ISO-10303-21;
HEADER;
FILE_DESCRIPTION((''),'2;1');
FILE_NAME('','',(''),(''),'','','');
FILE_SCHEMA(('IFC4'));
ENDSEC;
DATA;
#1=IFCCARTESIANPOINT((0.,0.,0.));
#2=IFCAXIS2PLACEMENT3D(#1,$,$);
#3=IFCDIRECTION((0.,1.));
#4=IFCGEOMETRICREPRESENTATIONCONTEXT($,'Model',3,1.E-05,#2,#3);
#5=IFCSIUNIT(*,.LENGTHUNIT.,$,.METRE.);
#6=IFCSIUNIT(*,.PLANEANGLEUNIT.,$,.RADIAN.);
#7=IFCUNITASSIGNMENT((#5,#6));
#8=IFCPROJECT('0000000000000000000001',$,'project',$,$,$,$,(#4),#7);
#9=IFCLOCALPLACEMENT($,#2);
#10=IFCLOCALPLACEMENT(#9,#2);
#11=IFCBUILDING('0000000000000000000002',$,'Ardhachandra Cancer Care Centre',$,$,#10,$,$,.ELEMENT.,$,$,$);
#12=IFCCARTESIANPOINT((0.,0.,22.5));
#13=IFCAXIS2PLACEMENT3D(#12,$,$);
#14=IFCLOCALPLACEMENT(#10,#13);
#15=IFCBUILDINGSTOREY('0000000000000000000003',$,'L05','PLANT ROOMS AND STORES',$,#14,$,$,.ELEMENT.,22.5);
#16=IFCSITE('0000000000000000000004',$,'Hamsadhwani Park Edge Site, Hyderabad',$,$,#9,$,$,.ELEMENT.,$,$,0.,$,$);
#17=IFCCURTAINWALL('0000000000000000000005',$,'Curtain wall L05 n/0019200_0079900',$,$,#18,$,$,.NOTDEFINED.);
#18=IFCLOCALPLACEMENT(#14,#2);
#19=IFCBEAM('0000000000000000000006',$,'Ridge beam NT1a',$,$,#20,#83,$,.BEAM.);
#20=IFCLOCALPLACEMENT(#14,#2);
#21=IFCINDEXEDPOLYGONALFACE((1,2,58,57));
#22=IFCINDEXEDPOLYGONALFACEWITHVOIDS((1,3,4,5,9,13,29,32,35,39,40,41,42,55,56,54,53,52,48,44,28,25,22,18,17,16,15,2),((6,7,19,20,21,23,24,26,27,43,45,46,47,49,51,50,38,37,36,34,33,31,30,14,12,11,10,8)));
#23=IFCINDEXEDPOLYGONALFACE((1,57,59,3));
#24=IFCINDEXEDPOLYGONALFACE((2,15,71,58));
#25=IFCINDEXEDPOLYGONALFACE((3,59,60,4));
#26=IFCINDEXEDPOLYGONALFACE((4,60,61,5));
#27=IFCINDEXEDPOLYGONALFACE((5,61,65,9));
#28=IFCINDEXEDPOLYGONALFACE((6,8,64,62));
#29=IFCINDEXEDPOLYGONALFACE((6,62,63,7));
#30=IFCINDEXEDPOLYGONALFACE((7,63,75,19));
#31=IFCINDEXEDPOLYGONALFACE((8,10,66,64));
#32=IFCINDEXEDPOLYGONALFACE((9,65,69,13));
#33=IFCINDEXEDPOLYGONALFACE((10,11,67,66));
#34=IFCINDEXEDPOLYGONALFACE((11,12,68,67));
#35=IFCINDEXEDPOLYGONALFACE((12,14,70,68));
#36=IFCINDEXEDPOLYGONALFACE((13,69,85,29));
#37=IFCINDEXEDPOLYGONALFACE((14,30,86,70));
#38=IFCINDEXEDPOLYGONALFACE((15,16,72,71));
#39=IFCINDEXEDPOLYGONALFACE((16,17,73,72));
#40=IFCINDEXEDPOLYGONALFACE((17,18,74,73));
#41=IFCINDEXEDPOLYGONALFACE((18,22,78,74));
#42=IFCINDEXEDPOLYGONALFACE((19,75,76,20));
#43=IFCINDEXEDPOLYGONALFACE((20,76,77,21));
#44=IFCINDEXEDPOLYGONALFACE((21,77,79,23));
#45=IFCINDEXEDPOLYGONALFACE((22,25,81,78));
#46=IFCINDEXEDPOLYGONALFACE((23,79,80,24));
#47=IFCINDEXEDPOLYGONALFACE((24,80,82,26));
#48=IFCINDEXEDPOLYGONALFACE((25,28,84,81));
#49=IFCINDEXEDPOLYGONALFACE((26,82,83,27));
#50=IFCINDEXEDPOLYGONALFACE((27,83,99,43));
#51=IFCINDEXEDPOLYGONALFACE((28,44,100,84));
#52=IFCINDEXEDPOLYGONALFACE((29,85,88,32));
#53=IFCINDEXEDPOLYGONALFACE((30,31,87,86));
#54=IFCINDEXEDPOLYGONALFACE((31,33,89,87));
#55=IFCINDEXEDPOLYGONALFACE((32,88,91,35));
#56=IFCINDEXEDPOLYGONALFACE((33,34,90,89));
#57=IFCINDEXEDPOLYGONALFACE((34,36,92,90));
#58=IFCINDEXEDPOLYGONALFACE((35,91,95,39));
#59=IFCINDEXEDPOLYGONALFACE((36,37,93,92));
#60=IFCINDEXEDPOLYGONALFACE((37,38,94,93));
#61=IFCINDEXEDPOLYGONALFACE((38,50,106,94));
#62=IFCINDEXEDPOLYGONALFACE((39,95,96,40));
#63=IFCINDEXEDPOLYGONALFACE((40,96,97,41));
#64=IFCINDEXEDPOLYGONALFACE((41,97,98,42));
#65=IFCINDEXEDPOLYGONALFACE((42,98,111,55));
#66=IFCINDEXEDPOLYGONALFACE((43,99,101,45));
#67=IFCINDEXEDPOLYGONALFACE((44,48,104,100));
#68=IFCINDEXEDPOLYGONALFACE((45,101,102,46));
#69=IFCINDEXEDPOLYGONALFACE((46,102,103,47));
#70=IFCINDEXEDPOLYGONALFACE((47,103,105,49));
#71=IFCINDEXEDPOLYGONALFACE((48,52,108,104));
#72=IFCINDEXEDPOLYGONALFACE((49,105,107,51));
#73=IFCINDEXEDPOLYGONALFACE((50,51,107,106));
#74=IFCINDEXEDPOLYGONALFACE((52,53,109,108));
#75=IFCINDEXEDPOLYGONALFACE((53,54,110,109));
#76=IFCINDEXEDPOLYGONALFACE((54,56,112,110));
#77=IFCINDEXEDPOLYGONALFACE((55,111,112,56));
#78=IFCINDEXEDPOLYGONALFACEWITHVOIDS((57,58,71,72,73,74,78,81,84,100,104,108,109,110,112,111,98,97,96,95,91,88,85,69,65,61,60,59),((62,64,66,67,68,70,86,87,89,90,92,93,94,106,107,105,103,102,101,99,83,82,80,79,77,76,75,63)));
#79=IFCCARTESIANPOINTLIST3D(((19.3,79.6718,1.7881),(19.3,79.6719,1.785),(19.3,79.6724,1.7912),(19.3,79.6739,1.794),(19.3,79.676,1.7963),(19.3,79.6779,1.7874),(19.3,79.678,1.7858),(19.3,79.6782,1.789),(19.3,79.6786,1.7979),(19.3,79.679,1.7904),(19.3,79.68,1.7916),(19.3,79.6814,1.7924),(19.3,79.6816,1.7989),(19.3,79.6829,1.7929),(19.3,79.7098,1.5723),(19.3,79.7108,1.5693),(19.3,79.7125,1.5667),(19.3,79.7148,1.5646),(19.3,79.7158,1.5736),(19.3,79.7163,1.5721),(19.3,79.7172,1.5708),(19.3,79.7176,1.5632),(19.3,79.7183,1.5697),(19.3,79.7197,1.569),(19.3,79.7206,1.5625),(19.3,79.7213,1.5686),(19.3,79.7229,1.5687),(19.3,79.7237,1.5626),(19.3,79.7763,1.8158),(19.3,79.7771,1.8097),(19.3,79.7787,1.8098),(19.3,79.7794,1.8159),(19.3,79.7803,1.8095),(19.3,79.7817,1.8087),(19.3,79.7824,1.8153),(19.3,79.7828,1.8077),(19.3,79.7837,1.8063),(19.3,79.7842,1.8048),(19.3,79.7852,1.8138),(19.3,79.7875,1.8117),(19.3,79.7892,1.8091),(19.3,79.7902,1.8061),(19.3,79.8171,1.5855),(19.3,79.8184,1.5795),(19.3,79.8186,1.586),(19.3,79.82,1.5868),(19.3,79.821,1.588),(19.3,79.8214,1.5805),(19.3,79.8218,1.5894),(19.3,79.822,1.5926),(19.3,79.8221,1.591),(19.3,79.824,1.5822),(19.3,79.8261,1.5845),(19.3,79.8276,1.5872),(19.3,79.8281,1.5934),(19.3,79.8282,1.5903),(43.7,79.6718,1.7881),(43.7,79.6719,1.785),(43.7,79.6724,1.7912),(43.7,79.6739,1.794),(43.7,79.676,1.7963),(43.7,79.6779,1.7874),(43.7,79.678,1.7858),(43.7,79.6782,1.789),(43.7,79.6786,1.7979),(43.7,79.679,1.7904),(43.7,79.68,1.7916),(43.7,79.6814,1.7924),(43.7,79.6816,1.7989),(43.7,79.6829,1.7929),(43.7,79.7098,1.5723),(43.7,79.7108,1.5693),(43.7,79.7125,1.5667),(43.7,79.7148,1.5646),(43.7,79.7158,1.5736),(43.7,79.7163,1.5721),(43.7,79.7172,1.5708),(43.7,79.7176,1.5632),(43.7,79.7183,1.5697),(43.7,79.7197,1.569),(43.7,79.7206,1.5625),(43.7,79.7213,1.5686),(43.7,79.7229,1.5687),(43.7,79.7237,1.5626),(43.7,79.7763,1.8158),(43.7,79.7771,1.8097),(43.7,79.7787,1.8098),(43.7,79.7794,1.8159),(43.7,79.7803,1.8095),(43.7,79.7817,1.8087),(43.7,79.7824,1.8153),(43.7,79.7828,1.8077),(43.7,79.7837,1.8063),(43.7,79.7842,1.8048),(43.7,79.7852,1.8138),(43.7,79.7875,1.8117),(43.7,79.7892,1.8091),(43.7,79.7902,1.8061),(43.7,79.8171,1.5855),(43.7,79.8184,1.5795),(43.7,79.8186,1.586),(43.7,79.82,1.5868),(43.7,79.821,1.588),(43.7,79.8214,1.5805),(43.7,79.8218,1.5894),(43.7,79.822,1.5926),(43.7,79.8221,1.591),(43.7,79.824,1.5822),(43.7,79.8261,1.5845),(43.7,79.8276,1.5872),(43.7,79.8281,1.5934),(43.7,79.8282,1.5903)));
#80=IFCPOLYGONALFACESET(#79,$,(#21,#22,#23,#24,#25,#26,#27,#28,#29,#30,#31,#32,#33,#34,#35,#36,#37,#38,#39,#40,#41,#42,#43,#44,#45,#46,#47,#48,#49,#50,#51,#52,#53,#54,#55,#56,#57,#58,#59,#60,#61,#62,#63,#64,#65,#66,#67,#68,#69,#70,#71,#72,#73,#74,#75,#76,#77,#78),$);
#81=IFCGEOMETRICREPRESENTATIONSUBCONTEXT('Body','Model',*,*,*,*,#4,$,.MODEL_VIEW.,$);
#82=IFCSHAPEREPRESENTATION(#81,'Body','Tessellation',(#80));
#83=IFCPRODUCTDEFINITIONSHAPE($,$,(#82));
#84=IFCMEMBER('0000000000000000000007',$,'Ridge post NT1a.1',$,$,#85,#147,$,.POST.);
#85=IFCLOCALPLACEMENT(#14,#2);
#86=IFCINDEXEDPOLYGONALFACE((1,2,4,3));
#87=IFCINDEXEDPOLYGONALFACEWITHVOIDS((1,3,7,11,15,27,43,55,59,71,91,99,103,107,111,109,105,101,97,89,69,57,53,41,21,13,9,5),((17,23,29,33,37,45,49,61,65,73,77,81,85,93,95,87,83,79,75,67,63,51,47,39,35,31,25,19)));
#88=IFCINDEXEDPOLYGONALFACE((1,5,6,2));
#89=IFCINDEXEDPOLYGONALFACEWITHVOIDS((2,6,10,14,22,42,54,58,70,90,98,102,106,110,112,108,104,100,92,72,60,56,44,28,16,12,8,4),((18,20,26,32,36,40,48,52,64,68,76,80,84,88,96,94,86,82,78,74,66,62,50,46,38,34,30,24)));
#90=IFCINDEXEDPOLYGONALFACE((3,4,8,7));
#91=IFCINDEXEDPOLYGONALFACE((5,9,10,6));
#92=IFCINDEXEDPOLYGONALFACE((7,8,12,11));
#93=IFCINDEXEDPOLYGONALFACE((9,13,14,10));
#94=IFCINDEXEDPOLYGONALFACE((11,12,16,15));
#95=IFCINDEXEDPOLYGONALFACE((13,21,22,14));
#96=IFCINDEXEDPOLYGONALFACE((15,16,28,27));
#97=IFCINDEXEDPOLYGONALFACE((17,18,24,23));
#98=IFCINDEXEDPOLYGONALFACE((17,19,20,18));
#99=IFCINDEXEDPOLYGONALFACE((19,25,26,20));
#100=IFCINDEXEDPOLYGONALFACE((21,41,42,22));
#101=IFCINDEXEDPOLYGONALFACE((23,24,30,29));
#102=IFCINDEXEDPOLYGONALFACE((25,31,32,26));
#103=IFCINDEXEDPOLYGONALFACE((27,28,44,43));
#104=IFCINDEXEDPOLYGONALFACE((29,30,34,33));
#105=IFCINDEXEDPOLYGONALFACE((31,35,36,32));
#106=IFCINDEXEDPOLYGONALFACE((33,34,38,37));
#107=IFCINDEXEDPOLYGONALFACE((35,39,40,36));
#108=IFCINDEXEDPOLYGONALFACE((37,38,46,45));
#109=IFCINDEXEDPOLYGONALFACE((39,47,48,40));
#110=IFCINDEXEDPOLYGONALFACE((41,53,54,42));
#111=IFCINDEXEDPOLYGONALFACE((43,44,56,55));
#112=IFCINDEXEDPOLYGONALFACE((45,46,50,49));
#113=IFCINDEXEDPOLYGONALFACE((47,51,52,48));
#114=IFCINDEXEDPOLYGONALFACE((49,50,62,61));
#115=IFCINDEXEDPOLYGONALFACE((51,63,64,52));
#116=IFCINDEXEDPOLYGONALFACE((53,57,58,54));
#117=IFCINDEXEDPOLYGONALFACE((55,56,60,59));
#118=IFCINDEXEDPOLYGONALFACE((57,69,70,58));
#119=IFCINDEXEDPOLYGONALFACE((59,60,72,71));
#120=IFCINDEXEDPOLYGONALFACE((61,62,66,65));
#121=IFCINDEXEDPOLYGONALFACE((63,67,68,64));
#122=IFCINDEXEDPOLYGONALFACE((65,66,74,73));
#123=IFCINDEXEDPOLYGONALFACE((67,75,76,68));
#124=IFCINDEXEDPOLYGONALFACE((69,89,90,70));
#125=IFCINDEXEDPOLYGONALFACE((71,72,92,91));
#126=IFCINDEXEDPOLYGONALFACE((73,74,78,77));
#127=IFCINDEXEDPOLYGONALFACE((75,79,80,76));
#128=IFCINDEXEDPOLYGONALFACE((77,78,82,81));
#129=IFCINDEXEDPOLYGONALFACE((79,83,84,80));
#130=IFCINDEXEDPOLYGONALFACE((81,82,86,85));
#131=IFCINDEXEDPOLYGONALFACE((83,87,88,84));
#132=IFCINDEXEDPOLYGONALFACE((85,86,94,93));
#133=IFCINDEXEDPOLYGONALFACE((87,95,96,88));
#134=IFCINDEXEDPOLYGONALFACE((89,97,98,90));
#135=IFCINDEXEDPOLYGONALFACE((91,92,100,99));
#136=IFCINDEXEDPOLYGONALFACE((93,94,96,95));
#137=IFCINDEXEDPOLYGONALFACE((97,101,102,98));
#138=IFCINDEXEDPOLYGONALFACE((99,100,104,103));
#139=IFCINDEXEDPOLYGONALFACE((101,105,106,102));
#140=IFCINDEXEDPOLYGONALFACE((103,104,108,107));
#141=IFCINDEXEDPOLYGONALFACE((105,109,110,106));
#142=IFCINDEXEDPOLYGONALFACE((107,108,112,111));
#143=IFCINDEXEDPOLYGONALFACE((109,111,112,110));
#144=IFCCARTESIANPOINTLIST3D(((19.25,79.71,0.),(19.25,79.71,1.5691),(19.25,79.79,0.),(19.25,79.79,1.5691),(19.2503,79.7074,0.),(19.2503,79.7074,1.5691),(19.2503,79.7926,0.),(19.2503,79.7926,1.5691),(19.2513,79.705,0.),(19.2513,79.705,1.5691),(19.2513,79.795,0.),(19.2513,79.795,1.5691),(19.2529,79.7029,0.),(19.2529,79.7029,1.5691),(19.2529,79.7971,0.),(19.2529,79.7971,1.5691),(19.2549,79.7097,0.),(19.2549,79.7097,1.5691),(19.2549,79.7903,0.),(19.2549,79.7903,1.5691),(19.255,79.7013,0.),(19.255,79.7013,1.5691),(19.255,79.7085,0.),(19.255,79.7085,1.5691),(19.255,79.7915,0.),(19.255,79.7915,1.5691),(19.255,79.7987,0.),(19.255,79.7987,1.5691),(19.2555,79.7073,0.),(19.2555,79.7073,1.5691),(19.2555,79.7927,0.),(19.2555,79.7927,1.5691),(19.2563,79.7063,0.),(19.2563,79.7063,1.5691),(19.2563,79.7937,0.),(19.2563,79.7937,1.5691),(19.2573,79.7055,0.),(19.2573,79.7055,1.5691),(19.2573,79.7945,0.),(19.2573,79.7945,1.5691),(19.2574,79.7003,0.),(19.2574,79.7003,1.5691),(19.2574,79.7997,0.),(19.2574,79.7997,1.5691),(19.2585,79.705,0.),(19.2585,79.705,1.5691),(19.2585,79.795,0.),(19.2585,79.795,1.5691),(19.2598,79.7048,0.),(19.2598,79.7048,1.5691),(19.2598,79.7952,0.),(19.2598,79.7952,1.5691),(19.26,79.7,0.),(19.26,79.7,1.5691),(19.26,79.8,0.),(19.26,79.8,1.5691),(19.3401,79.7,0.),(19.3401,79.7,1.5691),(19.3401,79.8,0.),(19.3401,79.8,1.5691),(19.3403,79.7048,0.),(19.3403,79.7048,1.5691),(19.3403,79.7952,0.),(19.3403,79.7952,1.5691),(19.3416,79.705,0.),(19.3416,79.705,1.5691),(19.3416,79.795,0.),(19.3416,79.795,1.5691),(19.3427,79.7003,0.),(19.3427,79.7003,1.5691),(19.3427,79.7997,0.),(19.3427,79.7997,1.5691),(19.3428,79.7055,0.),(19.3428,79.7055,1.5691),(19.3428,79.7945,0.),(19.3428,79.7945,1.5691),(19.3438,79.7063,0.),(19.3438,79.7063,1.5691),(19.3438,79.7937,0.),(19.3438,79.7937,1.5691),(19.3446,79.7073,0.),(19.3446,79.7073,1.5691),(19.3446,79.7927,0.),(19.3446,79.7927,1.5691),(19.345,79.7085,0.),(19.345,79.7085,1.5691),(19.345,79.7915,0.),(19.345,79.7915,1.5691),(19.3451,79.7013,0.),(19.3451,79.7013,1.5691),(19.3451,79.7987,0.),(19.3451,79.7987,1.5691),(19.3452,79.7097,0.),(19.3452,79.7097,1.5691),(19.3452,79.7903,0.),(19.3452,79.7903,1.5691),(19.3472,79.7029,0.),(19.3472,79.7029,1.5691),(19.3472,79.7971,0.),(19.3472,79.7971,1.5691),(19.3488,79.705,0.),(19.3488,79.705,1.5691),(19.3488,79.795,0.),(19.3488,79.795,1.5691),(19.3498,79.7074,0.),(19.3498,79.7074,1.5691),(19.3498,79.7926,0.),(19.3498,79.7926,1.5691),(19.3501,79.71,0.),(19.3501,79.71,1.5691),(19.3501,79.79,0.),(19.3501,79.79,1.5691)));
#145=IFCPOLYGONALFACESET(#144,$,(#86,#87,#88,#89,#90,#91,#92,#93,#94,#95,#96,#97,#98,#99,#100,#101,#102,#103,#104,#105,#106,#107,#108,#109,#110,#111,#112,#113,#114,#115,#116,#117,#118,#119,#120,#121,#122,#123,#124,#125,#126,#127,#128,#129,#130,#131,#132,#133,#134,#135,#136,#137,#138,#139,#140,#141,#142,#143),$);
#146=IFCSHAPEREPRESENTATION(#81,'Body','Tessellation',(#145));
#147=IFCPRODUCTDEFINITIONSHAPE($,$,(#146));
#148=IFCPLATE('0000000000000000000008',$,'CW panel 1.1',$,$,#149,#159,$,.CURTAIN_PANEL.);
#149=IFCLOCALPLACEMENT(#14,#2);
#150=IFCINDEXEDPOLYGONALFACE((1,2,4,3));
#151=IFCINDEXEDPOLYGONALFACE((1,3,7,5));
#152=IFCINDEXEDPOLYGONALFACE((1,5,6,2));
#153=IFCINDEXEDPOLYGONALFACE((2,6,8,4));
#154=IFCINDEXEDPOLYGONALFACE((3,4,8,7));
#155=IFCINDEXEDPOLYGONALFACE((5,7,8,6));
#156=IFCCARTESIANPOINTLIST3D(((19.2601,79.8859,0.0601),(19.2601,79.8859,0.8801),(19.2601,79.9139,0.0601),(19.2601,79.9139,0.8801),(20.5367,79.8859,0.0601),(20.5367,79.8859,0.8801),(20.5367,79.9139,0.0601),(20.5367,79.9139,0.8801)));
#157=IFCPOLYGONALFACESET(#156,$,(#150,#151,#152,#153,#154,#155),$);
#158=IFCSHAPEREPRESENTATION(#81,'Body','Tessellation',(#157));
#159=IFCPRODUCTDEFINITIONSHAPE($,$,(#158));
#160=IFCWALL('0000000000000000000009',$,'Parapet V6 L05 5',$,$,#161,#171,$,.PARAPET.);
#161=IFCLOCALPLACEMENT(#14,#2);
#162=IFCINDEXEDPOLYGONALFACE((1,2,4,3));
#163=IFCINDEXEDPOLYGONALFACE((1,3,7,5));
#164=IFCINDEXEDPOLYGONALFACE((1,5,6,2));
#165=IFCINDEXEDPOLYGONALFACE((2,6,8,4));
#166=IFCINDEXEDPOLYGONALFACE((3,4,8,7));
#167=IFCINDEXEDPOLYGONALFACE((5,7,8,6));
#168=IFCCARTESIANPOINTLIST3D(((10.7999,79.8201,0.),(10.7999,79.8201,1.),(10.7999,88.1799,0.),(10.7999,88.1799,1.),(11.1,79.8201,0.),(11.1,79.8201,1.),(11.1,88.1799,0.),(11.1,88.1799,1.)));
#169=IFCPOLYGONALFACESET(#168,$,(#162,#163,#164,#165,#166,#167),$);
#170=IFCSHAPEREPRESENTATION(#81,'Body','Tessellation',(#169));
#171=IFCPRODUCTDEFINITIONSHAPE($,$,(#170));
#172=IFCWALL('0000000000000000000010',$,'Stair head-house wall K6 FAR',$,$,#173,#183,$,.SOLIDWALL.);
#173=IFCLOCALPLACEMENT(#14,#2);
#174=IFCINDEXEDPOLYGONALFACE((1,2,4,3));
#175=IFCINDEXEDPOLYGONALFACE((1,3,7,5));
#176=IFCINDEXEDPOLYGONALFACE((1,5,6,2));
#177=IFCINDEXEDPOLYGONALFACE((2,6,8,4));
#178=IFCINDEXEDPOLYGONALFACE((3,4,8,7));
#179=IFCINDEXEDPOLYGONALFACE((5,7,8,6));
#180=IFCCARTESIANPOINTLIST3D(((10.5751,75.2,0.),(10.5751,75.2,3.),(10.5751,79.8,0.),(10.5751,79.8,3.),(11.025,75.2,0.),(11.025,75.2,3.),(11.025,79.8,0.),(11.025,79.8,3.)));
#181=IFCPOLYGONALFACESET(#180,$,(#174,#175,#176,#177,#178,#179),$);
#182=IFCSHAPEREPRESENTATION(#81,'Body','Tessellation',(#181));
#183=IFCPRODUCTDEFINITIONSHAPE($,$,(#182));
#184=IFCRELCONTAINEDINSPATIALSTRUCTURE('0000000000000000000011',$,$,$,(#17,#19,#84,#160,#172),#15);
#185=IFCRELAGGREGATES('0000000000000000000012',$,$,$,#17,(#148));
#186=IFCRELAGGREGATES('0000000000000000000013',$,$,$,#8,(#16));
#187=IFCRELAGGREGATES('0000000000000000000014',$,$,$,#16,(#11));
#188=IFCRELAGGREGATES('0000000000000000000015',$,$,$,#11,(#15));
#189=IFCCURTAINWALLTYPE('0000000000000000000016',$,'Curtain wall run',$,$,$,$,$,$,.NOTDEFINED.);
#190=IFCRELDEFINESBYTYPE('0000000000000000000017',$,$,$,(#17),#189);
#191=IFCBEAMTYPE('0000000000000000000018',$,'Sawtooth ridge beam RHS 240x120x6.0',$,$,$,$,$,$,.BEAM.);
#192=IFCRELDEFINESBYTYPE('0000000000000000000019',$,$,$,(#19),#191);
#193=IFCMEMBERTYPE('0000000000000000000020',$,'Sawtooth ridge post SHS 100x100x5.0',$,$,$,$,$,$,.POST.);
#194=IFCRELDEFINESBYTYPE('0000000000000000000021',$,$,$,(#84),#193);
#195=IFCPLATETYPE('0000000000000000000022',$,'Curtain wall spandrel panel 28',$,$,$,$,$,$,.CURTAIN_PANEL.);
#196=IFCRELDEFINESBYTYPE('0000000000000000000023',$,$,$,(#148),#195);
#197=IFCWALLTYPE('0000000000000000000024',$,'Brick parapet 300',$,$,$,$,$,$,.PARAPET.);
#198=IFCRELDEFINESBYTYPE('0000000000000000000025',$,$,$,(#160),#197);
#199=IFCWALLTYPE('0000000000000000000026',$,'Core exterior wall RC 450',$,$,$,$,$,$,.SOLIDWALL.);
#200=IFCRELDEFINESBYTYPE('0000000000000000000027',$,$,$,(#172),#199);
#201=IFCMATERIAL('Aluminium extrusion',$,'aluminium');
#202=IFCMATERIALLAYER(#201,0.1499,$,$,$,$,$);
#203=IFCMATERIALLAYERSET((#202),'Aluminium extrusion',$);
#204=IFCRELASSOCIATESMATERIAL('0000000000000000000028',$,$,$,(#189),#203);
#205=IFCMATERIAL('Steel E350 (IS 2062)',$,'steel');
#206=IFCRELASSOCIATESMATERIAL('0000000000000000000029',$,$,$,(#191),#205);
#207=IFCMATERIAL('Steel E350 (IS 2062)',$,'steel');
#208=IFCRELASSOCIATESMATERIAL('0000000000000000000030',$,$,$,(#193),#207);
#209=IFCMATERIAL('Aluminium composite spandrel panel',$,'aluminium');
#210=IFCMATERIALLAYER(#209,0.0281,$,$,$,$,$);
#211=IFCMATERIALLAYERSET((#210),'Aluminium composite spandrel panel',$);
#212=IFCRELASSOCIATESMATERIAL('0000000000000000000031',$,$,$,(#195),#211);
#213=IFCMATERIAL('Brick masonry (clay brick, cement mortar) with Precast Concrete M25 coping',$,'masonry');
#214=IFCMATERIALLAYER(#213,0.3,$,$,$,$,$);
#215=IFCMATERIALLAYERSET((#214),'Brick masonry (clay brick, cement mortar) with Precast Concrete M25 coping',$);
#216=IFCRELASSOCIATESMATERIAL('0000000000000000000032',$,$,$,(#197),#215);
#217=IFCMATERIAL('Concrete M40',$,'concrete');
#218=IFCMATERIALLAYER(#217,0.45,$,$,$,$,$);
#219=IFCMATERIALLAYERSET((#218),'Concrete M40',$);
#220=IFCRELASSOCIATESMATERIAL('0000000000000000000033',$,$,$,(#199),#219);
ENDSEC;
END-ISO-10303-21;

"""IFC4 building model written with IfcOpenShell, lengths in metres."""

from ifc_helpers import new_model, si_unit, direction, frame, frame_2d, origin, origin_2d, place, context, subcontext, project, spatial, rectangle, hollow_rectangle, extrude, material, layer, layer_set, material_profile, profile_set, type_object, element, aggregate, save


model = new_model("IFC4")

# Units and contexts
model_context = context("Model", 3, precision=1e-05, world=origin(), true_north=direction((0.0, 1.0)))
body_context = subcontext(model_context, "Body", "Model", "MODEL_VIEW")
ifc_project = project(units=[si_unit("LENGTHUNIT", "METRE"), si_unit("PLANEANGLEUNIT", "RADIAN")], contexts=[model_context])

# Site, building, storey
site_placement = place(None, origin())
site = spatial("IfcSite", under=ifc_project, at=site_placement, Name="Hamsadhwani Park Edge Site, Hyderabad", CompositionType="ELEMENT", RefElevation=0.0)
building_placement = place(site_placement, origin())
building = spatial("IfcBuilding", under=site, at=building_placement, Name="Ardhachandra Cancer Care Centre", CompositionType="ELEMENT")
storey_placement = place(building_placement, frame((0.0, 0.0, 22.5)))
storey = spatial("IfcBuildingStorey", under=building, at=storey_placement, Name="L05", Description="PLANT ROOMS AND STORES", CompositionType="ELEMENT", Elevation=22.5)

# Curtain wall
ifc_material_1 = material(Name="Aluminium extrusion", Category="aluminium")
ifc_layer_1 = layer(ifc_material_1, 0.1499)
ifc_layer_set_1 = layer_set([ifc_layer_1], Name="Aluminium extrusion")
curtain_wall_type = type_object("IfcCurtainWallType", Name="Curtain wall run", PredefinedType="NOTDEFINED", material=ifc_layer_set_1)
curtain_wall_placement = place(storey_placement, origin())
curtain_wall = element("IfcCurtainWall", 1, at=curtain_wall_placement, inside=storey, type_object=curtain_wall_type, Name="Curtain wall L05 n/0019200_0079900", PredefinedType="NOTDEFINED")

# Beam
ifc_material_2 = material(Name="Steel E350 (IS 2062)", Category="steel")
ifc_material_profile_1 = material_profile(ifc_material_2, hollow_rectangle(XDim=0.1201, YDim=0.24, WallThickness=0.0061, InnerFilletRadius=0.0061, OuterFilletRadius=0.012, at=origin_2d()), Name="RHS 240x120x6.0")
ifc_profile_set_1 = profile_set([ifc_material_profile_1], Name="Steel E350 (IS 2062)")
beam_type_1 = type_object("IfcBeamType", Name="Sawtooth ridge beam RHS 240x120x6.0", PredefinedType="BEAM", material=ifc_profile_set_1)
beam_1_placement = place(storey_placement, frame((19.3, 79.75, 1.6892), z_axis=(1.0, 0.0, 0.0), x_axis=(0.0, 0.98446, 0.175606)))
element("IfcBeam", 2, at=beam_1_placement, inside=storey, type_object=beam_type_1, Name="Ridge beam NT1a", PredefinedType="BEAM", context=body_context, shape_type="SweptSolid", body=[
    extrude(hollow_rectangle(XDim=0.1201, YDim=0.24, WallThickness=0.0061, InnerFilletRadius=0.0061, OuterFilletRadius=0.012, at=origin_2d()), origin(), (0.0, 0.0, 1.0), 24.3999),
])

# Member
ifc_material_3 = material(Name="Steel E350 (IS 2062)", Category="steel")
ifc_material_profile_2 = material_profile(ifc_material_3, hollow_rectangle(XDim=0.1001, YDim=0.1001, WallThickness=0.0049, InnerFilletRadius=0.0049, OuterFilletRadius=0.01, at=origin_2d()), Name="SHS 100x100x5.0")
ifc_profile_set_2 = profile_set([ifc_material_profile_2], Name="Steel E350 (IS 2062)")
member_type_1 = type_object("IfcMemberType", Name="Sawtooth ridge post SHS 100x100x5.0", PredefinedType="POST", material=ifc_profile_set_2)
member_1_placement = place(storey_placement, frame((19.3, 79.75, 0.0), z_axis=(0.0, 0.0, 1.0), x_axis=(1.0, 0.0, 0.0)))
element("IfcMember", 3, at=member_1_placement, inside=storey, type_object=member_type_1, Name="Ridge post NT1a.1", PredefinedType="POST", context=body_context, shape_type="SweptSolid", body=[
    extrude(hollow_rectangle(XDim=0.1001, YDim=0.1001, WallThickness=0.0049, InnerFilletRadius=0.0049, OuterFilletRadius=0.01, at=origin_2d()), origin(), (0.0, 0.0, 1.0), 1.5691),
])

# Plate
ifc_material_4 = material(Name="Aluminium composite spandrel panel", Category="aluminium")
ifc_layer_2 = layer(ifc_material_4, 0.0281)
ifc_layer_set_2 = layer_set([ifc_layer_2], Name="Aluminium composite spandrel panel")
plate_type = type_object("IfcPlateType", Name="Curtain wall spandrel panel 28", PredefinedType="CURTAIN_PANEL", material=ifc_layer_set_2)
plate_placement = place(storey_placement, frame((19.8984, 79.8999, 0.0601), z_axis=(0.0, 0.0, 1.0), x_axis=(1.0, 0.0, 0.0)))
plate = element("IfcPlate", 4, at=plate_placement, type_object=plate_type, Name="CW panel 1.1", PredefinedType="CURTAIN_PANEL", context=body_context, shape_type="SweptSolid", body=[
    extrude(rectangle(XDim=1.2766, YDim=0.0281, at=origin_2d()), origin(), (0.0, 0.0, 1.0), 0.8201),
])
aggregate(curtain_wall, [plate])

# Walls
ifc_material_5 = material(Name="Brick masonry (clay brick, cement mortar) with Precast Concrete M25 coping", Category="masonry")
ifc_layer_3 = layer(ifc_material_5, 0.3)
ifc_layer_set_3 = layer_set([ifc_layer_3], Name="Brick masonry (clay brick, cement mortar) with Precast Concrete M25 coping")
wall_type_1 = type_object("IfcWallType", Name="Brick parapet 300", PredefinedType="PARAPET", material=ifc_layer_set_3)
wall_1_placement = place(storey_placement, frame((10.95, 79.8201, 0.0), z_axis=(0.0, 0.0, 1.0), x_axis=(0.0, 1.0, 0.0)))
element("IfcWall", 5, at=wall_1_placement, inside=storey, type_object=wall_type_1, Name="Parapet V6 L05 5", PredefinedType="PARAPET", context=body_context, shape_type="SweptSolid", body=[
    extrude(rectangle(XDim=8.3599, YDim=0.3, at=frame_2d((4.1799, 0.0))), origin(), (0.0, 0.0, 1.0), 1.0),
])
ifc_material_6 = material(Name="Concrete M40", Category="concrete")
ifc_layer_4 = layer(ifc_material_6, 0.45)
ifc_layer_set_4 = layer_set([ifc_layer_4], Name="Concrete M40")
wall_type_2 = type_object("IfcWallType", Name="Core exterior wall RC 450", PredefinedType="SOLIDWALL", material=ifc_layer_set_4)
wall_2_placement = place(storey_placement, frame((10.8, 79.8, 0.0), z_axis=(0.0, 0.0, 1.0), x_axis=(0.0, -1.0, 0.0)))
element("IfcWall", 6, at=wall_2_placement, inside=storey, type_object=wall_type_2, Name="Stair head-house wall K6 FAR", PredefinedType="SOLIDWALL", context=body_context, shape_type="SweptSolid", body=[
    extrude(rectangle(XDim=4.6001, YDim=0.45, at=frame_2d((2.3, 0.0))), origin(), (0.0, 0.0, 1.0), 3.0),
])

save(model, "model.ifc")
